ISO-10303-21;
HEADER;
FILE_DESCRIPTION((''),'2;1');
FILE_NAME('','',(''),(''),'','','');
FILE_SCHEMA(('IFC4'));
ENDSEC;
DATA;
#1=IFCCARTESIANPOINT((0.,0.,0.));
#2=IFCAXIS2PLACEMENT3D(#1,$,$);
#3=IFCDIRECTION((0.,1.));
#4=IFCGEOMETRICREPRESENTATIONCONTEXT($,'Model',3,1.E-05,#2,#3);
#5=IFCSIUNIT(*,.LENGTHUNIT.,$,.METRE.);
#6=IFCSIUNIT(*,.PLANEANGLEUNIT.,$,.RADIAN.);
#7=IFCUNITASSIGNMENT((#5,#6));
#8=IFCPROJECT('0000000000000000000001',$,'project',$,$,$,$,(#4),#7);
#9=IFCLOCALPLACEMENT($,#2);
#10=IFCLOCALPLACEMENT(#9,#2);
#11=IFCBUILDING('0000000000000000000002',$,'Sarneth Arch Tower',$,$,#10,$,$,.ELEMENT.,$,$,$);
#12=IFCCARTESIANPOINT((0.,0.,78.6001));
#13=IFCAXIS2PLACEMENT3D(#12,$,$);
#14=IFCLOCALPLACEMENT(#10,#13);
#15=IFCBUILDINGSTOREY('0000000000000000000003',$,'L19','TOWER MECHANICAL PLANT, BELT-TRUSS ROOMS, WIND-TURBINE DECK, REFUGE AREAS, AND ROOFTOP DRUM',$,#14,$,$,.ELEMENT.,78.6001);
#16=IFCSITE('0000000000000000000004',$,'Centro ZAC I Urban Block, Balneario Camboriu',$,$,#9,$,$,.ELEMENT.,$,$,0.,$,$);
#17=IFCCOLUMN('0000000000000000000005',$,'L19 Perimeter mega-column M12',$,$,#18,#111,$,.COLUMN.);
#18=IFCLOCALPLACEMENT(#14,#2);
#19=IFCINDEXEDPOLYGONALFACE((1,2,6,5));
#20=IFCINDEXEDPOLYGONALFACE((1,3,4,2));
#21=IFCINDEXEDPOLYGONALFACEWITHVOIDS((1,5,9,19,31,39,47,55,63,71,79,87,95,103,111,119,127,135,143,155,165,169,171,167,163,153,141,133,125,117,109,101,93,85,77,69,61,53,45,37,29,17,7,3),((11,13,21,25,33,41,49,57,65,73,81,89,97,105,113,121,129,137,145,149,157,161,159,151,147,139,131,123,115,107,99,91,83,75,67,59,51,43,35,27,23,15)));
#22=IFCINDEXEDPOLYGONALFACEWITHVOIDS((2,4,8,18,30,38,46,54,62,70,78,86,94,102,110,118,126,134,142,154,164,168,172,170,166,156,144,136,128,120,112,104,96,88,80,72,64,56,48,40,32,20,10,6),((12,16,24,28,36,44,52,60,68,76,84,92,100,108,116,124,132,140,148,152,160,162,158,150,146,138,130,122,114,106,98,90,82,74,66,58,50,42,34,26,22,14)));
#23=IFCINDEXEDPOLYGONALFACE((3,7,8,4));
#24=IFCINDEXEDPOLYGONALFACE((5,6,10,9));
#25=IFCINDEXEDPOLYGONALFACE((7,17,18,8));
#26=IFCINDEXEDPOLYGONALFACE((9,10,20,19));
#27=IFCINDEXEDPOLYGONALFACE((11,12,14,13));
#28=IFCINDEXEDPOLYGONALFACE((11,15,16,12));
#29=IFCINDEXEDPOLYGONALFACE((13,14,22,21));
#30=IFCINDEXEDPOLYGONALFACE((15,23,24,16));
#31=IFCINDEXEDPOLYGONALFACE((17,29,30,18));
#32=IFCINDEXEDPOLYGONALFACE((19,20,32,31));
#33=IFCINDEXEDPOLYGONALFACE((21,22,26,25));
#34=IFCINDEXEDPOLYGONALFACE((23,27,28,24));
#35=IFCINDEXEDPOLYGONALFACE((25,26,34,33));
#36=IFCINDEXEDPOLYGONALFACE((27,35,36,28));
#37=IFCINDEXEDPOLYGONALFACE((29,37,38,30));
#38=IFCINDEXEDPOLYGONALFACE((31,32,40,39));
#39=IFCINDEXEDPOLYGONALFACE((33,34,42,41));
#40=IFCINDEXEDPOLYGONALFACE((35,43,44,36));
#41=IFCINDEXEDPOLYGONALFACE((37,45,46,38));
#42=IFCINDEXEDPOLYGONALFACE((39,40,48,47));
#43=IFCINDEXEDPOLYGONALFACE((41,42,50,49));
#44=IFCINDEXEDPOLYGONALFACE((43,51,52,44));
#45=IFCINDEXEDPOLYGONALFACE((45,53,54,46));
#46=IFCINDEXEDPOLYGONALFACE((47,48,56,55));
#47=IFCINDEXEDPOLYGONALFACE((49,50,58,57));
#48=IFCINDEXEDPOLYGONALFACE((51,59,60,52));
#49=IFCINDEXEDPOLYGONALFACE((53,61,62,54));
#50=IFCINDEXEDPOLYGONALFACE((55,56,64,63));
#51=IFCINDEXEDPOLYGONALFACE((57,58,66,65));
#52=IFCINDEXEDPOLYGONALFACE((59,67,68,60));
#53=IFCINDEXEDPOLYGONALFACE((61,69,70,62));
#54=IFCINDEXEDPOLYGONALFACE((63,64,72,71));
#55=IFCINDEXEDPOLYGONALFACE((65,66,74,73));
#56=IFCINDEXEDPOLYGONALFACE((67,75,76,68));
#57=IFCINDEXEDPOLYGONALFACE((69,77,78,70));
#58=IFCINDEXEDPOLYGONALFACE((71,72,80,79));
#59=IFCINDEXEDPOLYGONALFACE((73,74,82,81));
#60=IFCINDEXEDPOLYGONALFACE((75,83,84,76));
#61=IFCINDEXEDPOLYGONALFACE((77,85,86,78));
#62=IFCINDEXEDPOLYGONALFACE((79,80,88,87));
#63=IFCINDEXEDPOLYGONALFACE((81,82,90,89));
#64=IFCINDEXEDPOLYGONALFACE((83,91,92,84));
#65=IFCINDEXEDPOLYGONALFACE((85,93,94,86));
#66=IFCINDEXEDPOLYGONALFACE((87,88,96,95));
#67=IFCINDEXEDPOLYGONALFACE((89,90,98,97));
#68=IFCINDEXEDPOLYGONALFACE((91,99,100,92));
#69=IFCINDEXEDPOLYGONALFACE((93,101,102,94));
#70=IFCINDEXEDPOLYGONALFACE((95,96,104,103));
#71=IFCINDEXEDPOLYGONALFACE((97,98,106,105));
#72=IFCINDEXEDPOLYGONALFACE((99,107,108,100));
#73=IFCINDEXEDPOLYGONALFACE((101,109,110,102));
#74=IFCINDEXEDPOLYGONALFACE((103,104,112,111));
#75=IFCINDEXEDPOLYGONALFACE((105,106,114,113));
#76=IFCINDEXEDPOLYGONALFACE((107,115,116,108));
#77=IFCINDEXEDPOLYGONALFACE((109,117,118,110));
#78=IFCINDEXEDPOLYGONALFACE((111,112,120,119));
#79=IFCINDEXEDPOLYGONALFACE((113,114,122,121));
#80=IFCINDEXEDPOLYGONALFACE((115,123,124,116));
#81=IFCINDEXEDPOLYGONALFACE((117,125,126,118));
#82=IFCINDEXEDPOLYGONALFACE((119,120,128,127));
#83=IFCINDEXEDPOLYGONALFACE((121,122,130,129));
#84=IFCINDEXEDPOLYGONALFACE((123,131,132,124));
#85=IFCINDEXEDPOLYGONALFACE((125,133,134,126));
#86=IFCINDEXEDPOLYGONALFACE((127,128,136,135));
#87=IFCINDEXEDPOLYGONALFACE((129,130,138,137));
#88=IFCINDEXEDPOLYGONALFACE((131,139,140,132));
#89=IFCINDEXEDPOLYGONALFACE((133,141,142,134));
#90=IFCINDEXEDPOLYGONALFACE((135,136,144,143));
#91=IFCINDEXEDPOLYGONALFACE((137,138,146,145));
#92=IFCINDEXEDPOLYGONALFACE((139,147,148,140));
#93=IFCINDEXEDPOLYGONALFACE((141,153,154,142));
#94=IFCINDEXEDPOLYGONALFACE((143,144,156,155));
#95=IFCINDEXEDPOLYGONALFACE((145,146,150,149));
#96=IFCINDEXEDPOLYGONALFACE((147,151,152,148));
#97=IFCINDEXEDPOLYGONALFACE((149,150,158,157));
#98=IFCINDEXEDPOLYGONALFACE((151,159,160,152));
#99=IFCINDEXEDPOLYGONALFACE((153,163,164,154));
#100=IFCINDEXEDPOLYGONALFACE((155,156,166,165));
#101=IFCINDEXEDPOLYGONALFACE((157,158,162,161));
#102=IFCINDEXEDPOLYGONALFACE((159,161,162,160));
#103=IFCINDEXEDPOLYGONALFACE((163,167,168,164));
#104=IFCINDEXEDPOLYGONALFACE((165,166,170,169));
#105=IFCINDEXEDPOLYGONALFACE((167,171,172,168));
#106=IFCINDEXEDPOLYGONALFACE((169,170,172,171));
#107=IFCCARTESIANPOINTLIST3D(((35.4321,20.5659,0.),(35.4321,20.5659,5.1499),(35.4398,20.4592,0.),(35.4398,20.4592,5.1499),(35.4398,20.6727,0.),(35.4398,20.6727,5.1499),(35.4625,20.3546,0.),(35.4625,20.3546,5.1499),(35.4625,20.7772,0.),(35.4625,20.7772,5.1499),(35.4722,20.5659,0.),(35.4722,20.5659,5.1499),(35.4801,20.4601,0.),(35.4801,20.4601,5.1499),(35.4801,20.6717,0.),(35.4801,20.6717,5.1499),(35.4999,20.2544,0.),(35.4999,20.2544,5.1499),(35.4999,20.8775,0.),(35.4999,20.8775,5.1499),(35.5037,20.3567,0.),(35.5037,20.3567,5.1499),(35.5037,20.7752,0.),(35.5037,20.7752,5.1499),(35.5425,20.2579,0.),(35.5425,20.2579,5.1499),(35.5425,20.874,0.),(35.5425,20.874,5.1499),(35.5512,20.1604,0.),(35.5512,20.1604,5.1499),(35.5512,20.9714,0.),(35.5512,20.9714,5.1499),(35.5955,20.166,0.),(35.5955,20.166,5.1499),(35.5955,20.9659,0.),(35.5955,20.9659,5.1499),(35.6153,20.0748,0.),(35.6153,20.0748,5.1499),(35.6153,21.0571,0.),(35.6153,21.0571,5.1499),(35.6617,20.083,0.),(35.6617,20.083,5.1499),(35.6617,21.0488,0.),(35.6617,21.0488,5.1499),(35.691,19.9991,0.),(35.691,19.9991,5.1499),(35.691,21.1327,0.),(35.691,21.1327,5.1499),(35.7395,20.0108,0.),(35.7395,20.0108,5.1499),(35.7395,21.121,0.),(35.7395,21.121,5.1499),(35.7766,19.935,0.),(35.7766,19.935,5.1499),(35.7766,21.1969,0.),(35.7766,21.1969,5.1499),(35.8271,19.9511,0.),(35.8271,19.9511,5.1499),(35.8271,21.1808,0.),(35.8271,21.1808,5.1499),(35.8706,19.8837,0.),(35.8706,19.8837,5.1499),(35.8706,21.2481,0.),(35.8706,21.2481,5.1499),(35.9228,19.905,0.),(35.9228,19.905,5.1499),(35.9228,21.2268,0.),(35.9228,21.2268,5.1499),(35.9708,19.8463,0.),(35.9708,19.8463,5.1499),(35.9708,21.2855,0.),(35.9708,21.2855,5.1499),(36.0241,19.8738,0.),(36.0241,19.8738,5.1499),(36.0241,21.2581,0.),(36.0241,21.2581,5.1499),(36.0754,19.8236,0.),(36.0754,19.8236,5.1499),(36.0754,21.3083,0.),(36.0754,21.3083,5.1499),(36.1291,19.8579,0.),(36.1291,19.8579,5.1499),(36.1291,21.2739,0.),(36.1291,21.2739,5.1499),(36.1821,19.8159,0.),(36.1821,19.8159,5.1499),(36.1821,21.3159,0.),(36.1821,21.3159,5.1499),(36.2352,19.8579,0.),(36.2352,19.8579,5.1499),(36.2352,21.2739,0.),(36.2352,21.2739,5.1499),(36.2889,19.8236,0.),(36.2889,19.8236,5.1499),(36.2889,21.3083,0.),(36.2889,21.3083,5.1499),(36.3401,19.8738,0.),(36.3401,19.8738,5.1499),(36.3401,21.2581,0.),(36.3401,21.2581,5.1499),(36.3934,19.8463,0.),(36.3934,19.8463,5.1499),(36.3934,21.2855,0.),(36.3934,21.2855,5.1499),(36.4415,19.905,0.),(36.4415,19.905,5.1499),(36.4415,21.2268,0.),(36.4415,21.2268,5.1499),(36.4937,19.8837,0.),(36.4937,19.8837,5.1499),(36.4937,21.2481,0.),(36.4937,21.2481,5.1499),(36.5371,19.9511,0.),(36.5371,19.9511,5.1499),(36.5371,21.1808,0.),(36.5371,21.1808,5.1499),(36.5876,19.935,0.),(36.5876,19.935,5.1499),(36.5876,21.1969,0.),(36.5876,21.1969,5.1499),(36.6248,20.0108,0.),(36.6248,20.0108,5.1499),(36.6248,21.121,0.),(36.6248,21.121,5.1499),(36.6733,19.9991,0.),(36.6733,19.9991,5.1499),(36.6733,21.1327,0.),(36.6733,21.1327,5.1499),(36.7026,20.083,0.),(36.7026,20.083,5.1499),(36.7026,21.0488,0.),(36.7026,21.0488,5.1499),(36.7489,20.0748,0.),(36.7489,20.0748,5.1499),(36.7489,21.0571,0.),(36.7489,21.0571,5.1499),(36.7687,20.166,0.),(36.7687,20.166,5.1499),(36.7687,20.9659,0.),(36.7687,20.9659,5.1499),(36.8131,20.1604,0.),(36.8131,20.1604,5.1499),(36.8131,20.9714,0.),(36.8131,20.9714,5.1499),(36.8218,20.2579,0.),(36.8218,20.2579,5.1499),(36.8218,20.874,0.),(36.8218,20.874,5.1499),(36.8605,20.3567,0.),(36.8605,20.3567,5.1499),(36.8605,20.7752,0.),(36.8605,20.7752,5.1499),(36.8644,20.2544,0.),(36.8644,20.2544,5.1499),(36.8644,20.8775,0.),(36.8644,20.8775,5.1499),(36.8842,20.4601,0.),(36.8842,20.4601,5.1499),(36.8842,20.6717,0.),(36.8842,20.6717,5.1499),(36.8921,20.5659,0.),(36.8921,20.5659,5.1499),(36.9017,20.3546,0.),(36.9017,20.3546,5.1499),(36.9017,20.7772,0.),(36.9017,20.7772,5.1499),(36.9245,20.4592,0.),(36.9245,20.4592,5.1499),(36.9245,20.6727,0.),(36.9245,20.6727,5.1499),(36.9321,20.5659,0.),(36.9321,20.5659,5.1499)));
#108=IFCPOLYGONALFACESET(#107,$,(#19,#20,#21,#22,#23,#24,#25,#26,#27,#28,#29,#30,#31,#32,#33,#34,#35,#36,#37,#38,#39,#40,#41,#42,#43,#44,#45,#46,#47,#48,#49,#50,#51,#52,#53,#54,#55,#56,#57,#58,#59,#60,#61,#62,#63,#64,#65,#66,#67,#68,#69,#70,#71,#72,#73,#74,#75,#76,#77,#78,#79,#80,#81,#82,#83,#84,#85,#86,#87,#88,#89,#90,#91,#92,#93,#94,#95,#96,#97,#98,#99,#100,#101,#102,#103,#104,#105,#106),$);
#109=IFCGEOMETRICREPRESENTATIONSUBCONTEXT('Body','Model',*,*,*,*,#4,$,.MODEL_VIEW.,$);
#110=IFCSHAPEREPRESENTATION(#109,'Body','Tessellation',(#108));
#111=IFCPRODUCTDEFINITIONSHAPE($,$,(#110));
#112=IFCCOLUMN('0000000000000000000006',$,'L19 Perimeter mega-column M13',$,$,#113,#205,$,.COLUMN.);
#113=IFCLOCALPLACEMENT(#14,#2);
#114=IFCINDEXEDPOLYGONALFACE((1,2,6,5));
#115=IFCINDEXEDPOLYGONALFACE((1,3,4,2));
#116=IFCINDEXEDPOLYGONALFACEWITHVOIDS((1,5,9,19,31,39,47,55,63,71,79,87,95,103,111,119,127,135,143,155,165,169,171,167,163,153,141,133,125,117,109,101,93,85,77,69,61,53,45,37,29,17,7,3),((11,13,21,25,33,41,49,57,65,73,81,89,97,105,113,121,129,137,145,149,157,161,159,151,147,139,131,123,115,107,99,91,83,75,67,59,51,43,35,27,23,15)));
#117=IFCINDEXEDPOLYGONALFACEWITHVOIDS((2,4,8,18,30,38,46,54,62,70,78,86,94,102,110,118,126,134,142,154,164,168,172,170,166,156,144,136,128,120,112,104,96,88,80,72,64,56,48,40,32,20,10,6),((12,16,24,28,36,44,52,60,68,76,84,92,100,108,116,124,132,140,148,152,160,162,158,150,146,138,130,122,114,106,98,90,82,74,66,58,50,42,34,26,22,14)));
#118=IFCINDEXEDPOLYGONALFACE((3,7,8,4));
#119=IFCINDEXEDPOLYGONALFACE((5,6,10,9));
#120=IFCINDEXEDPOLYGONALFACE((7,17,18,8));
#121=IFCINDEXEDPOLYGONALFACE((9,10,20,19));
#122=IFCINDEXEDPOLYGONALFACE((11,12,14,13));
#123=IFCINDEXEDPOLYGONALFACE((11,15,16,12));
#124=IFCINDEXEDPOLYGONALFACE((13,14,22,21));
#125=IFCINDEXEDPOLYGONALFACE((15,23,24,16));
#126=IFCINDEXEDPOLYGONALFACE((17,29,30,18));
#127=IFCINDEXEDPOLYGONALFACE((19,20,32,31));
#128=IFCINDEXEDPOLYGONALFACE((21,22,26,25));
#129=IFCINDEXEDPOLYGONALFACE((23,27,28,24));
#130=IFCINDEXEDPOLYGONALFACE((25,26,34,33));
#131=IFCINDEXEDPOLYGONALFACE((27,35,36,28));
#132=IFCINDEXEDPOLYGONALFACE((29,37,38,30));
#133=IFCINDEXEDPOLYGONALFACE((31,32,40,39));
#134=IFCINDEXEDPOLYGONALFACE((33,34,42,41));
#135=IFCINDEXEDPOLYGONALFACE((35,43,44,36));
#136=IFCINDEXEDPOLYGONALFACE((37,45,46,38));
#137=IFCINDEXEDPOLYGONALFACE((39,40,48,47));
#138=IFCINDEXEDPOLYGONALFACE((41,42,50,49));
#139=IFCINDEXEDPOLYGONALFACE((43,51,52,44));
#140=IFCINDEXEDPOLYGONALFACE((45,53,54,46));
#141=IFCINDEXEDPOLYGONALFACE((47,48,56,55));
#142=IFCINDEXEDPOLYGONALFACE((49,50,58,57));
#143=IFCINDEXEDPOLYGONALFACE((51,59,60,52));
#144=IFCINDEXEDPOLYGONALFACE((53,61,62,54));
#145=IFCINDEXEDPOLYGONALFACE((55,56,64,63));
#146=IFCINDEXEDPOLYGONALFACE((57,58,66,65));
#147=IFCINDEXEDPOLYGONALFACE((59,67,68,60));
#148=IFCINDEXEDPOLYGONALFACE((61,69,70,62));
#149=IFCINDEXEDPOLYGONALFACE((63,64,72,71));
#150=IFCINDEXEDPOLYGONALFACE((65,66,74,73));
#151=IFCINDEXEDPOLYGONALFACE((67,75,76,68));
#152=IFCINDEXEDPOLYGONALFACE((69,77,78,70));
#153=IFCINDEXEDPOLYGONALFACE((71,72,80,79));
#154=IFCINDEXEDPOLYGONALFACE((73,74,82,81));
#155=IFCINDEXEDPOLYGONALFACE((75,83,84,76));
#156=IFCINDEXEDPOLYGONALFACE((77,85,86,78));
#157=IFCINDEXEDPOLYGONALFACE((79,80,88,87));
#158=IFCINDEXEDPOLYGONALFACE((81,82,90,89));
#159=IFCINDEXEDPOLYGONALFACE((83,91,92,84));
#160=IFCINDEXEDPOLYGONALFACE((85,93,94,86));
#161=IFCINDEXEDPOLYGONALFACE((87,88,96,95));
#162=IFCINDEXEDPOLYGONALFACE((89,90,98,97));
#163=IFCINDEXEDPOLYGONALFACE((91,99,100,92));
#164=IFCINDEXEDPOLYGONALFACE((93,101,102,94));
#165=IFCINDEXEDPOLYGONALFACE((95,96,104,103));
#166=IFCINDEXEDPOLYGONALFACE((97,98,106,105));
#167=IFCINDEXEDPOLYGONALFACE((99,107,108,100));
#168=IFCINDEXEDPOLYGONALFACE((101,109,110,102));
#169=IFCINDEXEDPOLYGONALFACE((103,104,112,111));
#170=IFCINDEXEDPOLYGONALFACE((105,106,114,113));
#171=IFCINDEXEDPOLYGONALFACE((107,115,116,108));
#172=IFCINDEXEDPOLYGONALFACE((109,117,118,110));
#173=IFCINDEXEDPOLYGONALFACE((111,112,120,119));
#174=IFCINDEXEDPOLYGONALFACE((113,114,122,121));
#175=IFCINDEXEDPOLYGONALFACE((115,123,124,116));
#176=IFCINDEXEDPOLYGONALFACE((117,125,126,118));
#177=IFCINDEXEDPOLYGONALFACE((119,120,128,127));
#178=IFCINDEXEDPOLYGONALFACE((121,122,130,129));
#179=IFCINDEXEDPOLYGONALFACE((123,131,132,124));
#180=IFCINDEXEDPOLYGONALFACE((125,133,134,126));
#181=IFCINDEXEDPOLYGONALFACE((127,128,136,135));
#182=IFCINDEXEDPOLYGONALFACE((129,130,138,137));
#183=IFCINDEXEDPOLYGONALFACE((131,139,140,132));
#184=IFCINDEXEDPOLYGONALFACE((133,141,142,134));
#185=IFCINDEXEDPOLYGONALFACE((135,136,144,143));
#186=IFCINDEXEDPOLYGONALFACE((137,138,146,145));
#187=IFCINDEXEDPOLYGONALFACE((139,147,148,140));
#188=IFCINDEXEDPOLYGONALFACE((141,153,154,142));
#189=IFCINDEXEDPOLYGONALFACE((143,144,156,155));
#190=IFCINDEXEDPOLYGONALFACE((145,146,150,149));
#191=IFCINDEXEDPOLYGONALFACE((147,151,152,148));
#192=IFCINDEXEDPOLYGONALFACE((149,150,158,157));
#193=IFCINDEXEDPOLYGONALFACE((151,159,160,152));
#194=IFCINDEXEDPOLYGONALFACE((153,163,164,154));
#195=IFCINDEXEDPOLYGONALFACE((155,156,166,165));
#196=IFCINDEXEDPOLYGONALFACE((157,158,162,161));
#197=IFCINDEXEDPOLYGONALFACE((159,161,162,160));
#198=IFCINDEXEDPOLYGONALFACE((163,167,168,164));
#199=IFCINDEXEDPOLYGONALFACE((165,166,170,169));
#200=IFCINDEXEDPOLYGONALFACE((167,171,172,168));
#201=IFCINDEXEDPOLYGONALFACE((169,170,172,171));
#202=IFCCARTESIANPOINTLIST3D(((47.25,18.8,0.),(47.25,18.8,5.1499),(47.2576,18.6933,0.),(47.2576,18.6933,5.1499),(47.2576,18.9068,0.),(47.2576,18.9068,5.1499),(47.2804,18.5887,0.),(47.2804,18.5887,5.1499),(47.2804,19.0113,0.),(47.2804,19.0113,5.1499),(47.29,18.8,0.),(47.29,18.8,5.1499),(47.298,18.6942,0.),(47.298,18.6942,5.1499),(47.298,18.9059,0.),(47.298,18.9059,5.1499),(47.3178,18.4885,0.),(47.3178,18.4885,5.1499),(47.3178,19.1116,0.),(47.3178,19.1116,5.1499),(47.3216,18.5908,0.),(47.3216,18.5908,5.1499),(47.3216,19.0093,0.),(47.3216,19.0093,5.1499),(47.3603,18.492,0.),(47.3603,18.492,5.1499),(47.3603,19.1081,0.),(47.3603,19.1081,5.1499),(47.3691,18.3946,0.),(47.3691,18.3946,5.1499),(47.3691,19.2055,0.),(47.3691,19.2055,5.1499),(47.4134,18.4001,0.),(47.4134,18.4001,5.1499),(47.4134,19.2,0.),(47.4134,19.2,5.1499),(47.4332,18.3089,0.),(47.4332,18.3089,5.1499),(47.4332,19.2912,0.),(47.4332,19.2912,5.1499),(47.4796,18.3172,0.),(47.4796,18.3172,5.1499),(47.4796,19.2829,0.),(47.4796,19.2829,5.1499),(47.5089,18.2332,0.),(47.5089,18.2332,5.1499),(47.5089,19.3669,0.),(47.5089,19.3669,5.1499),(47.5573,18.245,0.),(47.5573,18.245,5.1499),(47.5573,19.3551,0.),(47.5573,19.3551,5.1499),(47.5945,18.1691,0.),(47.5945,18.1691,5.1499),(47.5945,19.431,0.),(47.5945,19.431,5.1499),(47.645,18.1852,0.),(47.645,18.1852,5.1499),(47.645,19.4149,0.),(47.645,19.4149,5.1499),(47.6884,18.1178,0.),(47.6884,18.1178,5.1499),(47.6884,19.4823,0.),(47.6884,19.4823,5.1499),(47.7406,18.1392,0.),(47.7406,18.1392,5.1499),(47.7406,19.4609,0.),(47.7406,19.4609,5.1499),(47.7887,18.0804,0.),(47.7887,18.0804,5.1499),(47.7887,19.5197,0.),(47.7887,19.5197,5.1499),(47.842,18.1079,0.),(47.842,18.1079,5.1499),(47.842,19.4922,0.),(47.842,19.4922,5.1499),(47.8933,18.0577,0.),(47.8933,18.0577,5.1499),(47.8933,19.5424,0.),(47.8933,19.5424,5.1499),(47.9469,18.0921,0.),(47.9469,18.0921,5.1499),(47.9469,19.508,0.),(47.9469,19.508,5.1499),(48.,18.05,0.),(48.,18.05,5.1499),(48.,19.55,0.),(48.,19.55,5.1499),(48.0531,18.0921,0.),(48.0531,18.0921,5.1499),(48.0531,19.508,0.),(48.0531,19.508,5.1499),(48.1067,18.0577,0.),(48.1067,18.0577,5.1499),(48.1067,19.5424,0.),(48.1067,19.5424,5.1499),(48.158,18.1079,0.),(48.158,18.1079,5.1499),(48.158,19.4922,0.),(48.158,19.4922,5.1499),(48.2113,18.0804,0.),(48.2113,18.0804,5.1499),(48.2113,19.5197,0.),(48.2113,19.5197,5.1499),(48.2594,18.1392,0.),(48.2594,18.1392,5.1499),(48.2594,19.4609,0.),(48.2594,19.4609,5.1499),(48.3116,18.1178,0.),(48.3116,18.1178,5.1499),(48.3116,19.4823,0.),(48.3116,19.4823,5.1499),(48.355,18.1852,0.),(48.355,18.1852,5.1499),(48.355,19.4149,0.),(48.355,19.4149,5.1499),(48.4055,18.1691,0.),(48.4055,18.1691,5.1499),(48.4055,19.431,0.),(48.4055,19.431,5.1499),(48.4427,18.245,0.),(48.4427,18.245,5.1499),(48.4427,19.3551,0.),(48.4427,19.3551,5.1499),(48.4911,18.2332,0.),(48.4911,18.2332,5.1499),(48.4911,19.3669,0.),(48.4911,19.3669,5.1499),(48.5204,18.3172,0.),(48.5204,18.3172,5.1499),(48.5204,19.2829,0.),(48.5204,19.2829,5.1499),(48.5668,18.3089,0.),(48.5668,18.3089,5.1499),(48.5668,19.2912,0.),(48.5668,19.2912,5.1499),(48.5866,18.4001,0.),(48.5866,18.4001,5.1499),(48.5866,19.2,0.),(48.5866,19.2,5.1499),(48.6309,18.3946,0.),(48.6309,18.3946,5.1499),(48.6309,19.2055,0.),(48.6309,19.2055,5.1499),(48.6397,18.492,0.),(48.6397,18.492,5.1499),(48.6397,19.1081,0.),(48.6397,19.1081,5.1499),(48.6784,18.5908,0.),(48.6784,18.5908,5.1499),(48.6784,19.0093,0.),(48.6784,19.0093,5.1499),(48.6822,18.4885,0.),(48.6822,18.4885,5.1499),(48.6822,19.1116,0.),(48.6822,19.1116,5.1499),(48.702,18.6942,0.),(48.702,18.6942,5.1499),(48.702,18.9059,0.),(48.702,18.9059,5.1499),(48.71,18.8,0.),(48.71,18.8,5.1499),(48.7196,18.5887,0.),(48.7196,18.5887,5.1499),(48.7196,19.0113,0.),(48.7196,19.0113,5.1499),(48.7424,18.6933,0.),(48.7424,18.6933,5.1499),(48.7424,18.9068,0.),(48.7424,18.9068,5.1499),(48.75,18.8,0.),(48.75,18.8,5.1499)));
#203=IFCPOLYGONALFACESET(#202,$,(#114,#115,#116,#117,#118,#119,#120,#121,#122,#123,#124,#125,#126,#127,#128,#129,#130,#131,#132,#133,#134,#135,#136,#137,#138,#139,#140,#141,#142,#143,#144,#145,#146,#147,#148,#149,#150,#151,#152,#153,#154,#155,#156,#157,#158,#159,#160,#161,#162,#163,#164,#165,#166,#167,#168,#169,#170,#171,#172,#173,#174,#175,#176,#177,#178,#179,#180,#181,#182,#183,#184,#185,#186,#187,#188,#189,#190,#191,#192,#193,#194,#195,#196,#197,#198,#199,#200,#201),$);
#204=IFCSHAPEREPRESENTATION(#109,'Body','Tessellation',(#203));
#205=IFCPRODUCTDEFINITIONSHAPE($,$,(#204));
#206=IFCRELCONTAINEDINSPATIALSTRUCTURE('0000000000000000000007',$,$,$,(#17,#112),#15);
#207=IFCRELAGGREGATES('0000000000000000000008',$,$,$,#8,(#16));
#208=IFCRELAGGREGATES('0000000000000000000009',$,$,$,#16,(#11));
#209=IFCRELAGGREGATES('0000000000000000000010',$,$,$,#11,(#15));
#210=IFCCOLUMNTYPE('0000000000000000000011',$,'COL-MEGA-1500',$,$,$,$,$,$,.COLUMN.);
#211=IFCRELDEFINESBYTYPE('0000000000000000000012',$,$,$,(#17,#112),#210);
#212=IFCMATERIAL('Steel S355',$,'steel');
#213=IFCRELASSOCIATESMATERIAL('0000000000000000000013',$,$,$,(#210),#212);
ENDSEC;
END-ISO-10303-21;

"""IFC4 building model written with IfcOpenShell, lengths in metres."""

from ifc_helpers import new_model, si_unit, direction, frame, origin, origin_2d, place, context, subcontext, project, spatial, hollow_circle, extrude, material, material_profile, profile_set, type_object, element, save


model = new_model("IFC4")

# Units and contexts
model_context = context("Model", 3, precision=1e-05, world=origin(), true_north=direction((0.0, 1.0)))
body_context = subcontext(model_context, "Body", "Model", "MODEL_VIEW")
ifc_project = project(units=[si_unit("LENGTHUNIT", "METRE"), si_unit("PLANEANGLEUNIT", "RADIAN")], contexts=[model_context])

# Site, building, storey
site_placement = place(None, origin())
site = spatial("IfcSite", under=ifc_project, at=site_placement, Name="Centro ZAC I Urban Block, Balneario Camboriu", CompositionType="ELEMENT", RefElevation=0.0)
building_placement = place(site_placement, origin())
building = spatial("IfcBuilding", under=site, at=building_placement, Name="Sarneth Arch Tower", CompositionType="ELEMENT")
storey_placement = place(building_placement, frame((0.0, 0.0, 78.6001)))
storey = spatial("IfcBuildingStorey", under=building, at=storey_placement, Name="L19", Description="TOWER MECHANICAL PLANT, BELT-TRUSS ROOMS, WIND-TURBINE DECK, REFUGE AREAS, AND ROOFTOP DRUM", CompositionType="ELEMENT", Elevation=78.6001)

# Columns
ifc_material_1 = material(Name="Steel S355", Category="steel")
ifc_material_profile_1 = material_profile(ifc_material_1, hollow_circle(Radius=0.75, WallThickness=0.04, at=origin_2d()), Name="CHS1500x40")
ifc_profile_set_1 = profile_set([ifc_material_profile_1], Name="Steel S355")
column_type = type_object("IfcColumnType", Name="COL-MEGA-1500", PredefinedType="COLUMN", material=ifc_profile_set_1)
for number, where, z_axis, x_axis, name in (
    (1, (36.1821, 20.5659, 0.0), (0.0, 0.0, 1.0), (1.0, 0.0, 0.0), "L19 Perimeter mega-column M12"),
    (2, (48.0, 18.8, 0.0), (0.0, 0.0, 1.0), (1.0, 0.0, 0.0), "L19 Perimeter mega-column M13"),
):
    element("IfcColumn", number, at=place(storey_placement, frame(where, z_axis=z_axis, x_axis=x_axis)), inside=storey, type_object=column_type, Name=name, PredefinedType="COLUMN", context=body_context, shape_type="SweptSolid", body=[
        extrude(hollow_circle(Radius=0.75, WallThickness=0.04, at=origin_2d()), origin(), (0.0, 0.0, 1.0), 5.1499),
    ])

save(model, "model.ifc")
